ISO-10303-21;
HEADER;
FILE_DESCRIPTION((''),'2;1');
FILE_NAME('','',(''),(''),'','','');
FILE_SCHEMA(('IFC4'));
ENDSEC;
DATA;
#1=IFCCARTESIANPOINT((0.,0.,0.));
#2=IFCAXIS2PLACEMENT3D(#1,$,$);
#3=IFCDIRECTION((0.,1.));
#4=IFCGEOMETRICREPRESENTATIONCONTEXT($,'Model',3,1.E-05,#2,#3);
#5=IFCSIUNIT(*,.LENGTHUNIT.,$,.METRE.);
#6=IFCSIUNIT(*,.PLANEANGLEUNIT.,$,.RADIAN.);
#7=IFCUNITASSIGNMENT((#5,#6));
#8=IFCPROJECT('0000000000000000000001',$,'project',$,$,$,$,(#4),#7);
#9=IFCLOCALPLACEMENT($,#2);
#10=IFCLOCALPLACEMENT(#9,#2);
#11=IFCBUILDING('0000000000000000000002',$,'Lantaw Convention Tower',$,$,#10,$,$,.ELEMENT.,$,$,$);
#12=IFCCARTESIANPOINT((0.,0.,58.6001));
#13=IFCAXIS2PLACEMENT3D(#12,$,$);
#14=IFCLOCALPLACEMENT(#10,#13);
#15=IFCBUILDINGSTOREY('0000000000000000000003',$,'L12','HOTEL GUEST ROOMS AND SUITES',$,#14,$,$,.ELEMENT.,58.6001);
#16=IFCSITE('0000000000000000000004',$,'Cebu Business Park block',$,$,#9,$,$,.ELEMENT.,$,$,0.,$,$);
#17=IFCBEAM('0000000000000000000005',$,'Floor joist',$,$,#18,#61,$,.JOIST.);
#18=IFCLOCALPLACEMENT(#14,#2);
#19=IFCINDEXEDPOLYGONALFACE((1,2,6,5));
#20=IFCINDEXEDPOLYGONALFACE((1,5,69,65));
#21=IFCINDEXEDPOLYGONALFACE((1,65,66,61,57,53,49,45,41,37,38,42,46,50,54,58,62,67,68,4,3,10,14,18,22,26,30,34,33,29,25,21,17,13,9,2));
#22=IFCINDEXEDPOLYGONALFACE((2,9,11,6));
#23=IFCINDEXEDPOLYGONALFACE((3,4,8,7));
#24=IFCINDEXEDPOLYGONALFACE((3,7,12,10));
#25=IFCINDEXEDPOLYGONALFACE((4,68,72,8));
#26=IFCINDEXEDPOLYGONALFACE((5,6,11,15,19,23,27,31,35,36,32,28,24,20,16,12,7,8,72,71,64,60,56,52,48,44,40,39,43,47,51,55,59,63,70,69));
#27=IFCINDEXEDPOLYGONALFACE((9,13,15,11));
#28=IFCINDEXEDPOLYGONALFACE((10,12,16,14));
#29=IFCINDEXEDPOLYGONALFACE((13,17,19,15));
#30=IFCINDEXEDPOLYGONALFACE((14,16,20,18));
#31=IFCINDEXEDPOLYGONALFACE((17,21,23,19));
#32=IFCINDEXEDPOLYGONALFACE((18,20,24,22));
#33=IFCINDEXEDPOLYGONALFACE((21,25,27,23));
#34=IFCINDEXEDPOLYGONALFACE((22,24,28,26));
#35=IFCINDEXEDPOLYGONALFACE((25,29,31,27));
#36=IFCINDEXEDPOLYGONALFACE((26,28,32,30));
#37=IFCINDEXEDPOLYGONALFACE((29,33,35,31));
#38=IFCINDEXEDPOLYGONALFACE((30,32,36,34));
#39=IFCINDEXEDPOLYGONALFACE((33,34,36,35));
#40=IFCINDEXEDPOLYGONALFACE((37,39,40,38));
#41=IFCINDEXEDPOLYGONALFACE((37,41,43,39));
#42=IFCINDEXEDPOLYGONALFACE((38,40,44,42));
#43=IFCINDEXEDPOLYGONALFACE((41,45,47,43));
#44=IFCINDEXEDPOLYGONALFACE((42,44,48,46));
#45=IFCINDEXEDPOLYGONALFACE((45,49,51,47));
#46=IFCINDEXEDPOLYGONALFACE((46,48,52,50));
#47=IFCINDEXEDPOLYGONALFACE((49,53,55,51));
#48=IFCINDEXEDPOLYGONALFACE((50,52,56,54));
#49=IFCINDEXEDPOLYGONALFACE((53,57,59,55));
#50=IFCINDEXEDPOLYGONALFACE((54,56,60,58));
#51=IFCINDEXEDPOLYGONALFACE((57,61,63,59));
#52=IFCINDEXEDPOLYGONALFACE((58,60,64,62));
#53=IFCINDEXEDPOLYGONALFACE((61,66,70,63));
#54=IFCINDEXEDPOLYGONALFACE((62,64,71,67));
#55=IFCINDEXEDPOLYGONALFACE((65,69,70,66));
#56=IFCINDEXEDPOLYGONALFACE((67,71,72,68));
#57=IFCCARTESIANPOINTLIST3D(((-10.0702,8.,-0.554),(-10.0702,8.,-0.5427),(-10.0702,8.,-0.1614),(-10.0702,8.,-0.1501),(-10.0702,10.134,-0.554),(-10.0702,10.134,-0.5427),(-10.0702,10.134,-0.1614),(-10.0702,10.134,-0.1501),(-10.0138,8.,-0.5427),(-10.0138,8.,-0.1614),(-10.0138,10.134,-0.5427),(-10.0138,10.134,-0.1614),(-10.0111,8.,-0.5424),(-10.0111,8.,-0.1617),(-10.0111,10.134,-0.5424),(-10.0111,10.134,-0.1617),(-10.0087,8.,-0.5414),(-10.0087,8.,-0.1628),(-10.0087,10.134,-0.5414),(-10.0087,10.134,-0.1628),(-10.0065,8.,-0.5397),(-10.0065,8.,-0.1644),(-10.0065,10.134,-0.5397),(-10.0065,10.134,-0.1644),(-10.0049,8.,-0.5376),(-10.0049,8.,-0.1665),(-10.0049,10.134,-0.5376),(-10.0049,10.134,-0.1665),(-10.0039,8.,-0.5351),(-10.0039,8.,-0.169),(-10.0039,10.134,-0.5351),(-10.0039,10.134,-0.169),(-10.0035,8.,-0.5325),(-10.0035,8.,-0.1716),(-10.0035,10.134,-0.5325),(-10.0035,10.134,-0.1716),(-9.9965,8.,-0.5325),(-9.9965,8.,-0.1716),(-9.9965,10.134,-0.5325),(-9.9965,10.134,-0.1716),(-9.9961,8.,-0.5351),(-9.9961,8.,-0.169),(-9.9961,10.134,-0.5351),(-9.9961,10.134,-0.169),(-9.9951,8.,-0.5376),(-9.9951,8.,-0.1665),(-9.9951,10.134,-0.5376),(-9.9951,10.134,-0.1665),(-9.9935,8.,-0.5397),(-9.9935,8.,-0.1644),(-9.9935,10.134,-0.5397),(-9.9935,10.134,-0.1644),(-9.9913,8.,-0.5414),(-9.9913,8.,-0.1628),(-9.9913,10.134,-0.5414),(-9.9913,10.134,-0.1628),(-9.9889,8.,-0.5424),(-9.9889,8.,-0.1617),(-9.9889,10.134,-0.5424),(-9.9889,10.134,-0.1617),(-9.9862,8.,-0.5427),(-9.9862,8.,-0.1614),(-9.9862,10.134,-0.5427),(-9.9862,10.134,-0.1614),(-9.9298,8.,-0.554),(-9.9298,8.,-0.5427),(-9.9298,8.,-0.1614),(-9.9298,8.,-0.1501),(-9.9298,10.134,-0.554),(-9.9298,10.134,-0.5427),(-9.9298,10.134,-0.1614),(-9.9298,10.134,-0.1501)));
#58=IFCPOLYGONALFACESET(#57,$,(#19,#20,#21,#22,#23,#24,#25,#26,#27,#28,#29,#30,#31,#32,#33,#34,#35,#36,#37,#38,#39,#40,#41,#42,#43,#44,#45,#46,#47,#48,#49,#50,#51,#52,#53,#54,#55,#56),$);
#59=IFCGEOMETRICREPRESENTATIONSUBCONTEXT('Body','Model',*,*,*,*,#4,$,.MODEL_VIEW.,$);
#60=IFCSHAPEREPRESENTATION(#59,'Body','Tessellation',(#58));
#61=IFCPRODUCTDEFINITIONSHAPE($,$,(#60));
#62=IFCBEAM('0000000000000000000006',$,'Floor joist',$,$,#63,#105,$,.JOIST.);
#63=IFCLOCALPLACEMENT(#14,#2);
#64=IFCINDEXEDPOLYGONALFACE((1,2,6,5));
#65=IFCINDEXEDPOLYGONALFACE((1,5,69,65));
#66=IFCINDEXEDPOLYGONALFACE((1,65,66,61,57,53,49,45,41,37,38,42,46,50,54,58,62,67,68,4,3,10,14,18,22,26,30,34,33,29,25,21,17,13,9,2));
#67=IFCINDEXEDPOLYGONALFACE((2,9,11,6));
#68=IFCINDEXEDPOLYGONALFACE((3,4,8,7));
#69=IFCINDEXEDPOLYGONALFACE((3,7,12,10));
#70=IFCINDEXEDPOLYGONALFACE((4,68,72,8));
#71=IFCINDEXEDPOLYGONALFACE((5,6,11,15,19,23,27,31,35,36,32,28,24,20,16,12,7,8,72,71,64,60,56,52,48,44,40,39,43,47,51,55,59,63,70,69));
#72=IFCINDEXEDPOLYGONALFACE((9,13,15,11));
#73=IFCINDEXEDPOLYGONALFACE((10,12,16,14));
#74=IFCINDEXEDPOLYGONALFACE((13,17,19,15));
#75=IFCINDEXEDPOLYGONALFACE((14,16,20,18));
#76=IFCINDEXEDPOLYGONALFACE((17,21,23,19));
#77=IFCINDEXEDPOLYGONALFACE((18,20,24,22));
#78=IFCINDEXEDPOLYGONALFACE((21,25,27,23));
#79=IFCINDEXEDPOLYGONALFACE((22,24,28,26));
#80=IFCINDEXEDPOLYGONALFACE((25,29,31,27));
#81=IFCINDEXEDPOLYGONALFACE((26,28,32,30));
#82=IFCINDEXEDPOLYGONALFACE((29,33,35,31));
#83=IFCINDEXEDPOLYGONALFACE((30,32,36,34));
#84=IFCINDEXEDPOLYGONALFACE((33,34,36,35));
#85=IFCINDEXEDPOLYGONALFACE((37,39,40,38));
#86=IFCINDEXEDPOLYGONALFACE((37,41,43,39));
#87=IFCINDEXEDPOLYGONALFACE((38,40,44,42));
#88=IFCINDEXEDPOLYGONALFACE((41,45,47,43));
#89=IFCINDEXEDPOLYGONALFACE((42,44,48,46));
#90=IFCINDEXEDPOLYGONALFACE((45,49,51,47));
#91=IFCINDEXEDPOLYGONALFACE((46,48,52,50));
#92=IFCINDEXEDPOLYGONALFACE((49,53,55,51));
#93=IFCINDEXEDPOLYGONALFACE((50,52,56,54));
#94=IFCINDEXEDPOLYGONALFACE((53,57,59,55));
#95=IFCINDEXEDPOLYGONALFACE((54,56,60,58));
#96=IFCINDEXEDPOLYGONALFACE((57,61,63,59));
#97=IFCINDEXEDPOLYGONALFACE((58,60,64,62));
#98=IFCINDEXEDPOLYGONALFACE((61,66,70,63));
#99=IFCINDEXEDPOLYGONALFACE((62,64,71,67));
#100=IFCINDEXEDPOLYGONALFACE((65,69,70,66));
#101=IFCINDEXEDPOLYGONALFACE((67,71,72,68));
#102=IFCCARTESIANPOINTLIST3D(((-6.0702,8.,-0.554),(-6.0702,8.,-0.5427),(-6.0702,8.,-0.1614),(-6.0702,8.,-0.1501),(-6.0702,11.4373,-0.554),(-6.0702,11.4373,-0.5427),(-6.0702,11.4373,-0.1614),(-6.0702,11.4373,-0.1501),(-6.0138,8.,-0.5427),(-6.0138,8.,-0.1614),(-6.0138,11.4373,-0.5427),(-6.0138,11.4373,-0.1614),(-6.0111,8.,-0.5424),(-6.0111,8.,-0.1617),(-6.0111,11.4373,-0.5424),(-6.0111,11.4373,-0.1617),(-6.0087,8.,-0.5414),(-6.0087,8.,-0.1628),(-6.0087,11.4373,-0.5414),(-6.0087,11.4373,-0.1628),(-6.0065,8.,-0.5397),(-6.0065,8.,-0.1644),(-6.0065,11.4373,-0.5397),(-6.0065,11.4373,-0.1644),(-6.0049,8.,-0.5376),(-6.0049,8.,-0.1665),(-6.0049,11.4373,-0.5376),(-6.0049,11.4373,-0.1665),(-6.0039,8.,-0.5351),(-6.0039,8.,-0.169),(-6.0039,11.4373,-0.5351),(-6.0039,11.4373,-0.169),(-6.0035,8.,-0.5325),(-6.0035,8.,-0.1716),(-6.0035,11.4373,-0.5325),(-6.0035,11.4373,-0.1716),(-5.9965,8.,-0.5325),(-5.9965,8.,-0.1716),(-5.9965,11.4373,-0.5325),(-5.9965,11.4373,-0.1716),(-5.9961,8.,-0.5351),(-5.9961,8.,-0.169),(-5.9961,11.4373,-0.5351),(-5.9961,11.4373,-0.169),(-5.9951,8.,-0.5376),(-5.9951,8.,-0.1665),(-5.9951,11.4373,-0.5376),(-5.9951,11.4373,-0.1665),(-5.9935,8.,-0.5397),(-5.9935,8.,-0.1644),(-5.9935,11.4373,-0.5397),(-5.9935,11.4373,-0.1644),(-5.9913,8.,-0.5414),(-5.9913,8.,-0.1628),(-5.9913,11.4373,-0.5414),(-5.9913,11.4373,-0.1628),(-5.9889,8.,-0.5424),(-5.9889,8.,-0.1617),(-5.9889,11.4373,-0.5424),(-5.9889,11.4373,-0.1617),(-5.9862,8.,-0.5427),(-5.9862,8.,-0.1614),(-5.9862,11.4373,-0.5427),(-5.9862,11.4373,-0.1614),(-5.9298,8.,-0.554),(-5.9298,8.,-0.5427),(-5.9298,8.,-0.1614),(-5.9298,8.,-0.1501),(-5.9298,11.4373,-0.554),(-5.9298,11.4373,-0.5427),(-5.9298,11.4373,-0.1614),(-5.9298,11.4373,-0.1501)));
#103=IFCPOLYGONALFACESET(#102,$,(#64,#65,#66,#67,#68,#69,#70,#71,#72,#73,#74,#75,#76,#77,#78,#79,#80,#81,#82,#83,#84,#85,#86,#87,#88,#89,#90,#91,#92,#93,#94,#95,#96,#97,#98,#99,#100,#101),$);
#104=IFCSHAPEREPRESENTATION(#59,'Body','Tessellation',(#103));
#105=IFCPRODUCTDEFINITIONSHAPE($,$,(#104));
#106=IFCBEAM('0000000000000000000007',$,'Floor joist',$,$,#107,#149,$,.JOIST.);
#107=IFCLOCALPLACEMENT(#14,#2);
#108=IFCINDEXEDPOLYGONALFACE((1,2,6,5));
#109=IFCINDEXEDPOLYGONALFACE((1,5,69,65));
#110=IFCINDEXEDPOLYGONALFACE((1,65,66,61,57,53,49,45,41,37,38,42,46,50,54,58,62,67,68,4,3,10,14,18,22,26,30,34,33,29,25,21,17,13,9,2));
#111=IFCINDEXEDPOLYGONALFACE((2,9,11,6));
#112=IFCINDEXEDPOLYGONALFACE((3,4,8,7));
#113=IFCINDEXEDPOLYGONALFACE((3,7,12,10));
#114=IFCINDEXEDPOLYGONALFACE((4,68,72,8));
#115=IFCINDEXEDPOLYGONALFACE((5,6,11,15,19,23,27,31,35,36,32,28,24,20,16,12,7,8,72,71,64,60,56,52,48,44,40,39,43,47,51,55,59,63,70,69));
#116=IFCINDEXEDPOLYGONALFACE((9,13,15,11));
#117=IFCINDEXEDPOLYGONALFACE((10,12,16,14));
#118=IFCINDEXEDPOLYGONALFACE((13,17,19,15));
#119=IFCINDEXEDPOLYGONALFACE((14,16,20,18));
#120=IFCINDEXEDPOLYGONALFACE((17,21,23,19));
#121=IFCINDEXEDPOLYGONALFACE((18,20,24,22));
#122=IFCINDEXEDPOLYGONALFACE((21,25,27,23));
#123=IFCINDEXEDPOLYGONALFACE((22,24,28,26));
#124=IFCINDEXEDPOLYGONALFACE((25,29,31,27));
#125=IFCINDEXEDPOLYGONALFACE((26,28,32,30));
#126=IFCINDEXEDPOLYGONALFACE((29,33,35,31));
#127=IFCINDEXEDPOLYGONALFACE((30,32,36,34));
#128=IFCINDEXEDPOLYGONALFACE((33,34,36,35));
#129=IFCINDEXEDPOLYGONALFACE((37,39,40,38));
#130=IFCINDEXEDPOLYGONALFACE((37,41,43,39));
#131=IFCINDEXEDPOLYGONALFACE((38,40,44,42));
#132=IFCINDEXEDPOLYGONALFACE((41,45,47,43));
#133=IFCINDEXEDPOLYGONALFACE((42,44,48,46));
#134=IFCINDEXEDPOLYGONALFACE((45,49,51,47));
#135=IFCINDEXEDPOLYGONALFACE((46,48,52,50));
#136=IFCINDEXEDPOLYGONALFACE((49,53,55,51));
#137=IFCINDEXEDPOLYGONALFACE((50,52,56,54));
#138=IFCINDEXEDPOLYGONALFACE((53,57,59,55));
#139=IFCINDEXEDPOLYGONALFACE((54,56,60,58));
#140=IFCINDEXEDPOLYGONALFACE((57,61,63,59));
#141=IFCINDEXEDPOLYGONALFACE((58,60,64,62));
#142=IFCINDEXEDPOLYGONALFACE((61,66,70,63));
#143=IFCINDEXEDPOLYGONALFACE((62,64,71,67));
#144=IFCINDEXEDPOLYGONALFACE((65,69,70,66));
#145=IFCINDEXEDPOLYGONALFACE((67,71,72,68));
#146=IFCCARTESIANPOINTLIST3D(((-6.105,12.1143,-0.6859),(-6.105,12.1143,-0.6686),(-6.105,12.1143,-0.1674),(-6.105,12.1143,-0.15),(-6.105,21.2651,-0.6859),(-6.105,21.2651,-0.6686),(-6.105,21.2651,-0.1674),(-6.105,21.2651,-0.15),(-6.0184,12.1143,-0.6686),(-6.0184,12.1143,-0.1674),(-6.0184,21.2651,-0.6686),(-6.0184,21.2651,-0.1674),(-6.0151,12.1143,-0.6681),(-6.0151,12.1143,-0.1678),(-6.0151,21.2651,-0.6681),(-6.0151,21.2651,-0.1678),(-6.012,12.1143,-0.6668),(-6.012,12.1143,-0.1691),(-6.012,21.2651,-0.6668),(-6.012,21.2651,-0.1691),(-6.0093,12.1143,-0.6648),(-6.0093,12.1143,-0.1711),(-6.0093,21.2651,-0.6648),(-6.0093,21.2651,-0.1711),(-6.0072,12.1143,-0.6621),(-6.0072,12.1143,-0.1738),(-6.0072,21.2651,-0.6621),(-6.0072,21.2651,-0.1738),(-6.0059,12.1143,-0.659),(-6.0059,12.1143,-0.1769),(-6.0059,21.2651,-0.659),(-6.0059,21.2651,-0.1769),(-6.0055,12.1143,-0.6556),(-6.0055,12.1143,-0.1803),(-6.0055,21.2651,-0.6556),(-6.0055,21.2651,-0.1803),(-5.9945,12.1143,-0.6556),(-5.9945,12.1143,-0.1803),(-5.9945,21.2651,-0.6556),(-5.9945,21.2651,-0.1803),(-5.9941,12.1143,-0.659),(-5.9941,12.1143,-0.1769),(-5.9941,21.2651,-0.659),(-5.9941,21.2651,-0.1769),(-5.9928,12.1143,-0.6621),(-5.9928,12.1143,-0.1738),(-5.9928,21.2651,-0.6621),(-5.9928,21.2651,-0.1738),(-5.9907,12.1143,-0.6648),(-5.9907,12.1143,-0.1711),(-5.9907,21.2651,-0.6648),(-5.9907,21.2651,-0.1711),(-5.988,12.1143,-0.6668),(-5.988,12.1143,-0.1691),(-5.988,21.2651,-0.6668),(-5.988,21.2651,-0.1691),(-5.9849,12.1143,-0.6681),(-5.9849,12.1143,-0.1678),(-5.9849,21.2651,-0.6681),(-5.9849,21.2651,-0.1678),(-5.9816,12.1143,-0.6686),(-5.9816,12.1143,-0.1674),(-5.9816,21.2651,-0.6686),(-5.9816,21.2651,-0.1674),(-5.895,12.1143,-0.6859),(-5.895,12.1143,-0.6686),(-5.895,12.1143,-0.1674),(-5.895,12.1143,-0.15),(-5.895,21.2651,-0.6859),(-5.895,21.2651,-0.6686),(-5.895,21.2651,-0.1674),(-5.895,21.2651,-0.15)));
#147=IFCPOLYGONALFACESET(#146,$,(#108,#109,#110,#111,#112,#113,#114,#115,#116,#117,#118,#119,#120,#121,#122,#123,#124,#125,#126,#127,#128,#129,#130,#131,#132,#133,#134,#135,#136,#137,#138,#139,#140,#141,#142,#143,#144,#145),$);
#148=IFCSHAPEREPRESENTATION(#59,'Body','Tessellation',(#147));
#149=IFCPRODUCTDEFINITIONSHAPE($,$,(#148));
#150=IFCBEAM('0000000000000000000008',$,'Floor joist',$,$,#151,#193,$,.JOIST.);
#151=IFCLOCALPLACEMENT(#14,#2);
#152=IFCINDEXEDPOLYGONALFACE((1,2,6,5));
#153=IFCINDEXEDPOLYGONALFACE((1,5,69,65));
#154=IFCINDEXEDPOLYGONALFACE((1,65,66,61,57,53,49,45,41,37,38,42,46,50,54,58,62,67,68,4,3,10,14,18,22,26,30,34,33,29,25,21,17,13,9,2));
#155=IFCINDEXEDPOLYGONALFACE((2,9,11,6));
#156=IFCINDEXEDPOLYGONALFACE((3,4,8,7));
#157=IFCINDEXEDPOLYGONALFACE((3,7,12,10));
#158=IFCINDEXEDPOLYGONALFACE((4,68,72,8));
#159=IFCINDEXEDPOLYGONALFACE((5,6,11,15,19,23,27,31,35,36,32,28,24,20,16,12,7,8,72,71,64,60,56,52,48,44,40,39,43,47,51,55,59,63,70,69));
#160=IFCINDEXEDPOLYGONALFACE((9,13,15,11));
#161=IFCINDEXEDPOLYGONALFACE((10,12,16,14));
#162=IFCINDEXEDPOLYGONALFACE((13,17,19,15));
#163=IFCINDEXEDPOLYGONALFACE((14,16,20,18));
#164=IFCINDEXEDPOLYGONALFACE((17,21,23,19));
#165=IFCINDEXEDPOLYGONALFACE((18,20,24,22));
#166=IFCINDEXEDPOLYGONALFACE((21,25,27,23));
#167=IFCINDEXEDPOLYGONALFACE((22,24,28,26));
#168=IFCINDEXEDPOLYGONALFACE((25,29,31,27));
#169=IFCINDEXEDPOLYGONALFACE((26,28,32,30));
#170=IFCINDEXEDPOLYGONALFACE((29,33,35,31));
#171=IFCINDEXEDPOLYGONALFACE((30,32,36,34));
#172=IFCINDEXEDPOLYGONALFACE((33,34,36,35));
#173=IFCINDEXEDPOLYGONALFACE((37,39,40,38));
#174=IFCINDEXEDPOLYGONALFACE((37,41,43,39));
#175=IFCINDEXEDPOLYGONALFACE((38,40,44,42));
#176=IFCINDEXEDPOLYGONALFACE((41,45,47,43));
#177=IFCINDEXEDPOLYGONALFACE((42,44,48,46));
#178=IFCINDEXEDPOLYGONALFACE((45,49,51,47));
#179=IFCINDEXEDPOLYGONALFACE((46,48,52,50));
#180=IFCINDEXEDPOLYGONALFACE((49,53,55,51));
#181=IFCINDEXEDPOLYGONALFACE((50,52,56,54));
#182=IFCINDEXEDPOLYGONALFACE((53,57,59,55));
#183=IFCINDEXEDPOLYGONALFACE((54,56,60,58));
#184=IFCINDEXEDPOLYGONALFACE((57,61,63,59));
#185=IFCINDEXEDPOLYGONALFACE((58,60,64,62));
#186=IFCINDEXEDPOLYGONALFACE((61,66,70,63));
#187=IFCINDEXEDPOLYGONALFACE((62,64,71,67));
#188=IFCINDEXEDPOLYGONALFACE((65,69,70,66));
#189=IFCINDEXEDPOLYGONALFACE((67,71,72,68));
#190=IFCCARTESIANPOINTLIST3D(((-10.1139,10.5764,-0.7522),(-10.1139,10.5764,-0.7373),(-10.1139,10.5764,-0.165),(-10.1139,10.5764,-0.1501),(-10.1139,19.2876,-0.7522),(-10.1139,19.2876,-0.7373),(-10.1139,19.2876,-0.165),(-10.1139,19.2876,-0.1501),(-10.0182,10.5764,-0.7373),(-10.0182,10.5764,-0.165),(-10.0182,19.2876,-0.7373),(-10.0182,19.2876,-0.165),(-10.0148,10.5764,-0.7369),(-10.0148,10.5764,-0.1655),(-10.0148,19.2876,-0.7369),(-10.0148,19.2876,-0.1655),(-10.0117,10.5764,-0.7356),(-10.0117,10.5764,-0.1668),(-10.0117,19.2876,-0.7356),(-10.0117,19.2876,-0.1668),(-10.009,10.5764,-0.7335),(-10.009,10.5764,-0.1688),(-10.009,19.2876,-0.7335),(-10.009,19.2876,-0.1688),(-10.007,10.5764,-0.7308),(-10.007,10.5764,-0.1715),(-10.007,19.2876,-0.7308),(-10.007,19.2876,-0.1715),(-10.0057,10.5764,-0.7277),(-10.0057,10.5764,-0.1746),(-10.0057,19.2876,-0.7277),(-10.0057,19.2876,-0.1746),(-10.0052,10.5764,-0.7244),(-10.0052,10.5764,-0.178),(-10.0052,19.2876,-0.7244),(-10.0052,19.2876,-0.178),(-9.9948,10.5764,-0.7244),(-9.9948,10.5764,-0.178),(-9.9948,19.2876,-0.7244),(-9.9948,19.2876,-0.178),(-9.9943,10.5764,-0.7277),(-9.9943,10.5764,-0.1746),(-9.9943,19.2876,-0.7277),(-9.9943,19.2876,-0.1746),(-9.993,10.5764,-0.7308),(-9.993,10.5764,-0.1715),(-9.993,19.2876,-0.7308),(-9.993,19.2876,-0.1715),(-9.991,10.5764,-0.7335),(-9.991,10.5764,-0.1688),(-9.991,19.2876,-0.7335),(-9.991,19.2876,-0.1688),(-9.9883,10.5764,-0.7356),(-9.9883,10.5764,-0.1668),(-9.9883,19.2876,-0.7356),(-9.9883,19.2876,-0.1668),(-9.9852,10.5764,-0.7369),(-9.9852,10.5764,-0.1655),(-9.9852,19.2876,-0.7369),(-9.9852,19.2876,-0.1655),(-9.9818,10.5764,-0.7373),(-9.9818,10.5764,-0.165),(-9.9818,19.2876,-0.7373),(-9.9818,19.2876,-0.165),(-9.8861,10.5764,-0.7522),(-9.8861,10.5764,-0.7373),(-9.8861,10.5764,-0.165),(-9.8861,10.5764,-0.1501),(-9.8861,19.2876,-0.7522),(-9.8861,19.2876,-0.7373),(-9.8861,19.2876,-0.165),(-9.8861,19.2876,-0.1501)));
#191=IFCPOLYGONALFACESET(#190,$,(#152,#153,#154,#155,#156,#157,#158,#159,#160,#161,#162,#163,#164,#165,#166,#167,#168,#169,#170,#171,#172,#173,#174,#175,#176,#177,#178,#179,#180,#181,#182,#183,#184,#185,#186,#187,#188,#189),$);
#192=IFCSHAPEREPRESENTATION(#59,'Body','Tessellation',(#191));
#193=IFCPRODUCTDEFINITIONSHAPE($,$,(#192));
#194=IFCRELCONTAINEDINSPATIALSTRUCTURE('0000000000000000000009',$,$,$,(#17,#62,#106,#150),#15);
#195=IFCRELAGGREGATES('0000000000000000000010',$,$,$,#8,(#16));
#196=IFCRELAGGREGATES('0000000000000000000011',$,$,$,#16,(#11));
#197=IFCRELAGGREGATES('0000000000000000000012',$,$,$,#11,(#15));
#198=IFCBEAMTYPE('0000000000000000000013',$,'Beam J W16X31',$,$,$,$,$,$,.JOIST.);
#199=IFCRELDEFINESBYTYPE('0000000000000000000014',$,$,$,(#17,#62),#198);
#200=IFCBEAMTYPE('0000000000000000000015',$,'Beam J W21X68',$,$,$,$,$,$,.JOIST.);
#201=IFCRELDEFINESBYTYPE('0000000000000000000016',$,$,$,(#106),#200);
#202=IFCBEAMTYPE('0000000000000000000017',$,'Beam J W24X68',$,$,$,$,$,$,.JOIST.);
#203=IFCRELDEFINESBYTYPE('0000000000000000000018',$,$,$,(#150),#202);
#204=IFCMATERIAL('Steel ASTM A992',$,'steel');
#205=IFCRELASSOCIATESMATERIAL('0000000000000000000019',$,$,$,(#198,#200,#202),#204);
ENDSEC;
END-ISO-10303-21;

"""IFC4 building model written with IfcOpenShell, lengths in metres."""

from ifc_helpers import new_model, si_unit, direction, frame, origin, origin_2d, place, context, subcontext, project, spatial, i_section, extrude, material, material_profile, profile_set, type_object, element, save


model = new_model("IFC4")

# Units and contexts
model_context = context("Model", 3, precision=1e-05, world=origin(), true_north=direction((0.0, 1.0)))
body_context = subcontext(model_context, "Body", "Model", "MODEL_VIEW")
ifc_project = project(units=[si_unit("LENGTHUNIT", "METRE"), si_unit("PLANEANGLEUNIT", "RADIAN")], contexts=[model_context])

# Site, building, storey
site_placement = place(None, origin())
site = spatial("IfcSite", under=ifc_project, at=site_placement, Name="Cebu Business Park block", CompositionType="ELEMENT", RefElevation=0.0)
building_placement = place(site_placement, origin())
building = spatial("IfcBuilding", under=site, at=building_placement, Name="Lantaw Convention Tower", CompositionType="ELEMENT")
storey_placement = place(building_placement, frame((0.0, 0.0, 58.6001)))
storey = spatial("IfcBuildingStorey", under=building, at=storey_placement, Name="L12", Description="HOTEL GUEST ROOMS AND SUITES", CompositionType="ELEMENT", Elevation=58.6001)

# Beams
ifc_material_1 = material(Name="Steel ASTM A992", Category="steel")
ifc_material_profile_1 = material_profile(ifc_material_1, i_section(OverallWidth=0.1404, OverallDepth=0.4038, WebThickness=0.0071, FlangeThickness=0.0112, FilletRadius=0.0103, at=origin_2d()), Name="W16X31")
ifc_profile_set_1 = profile_set([ifc_material_profile_1], Name="Steel ASTM A992")
beam_type_1 = type_object("IfcBeamType", Name="Beam J W16X31", PredefinedType="JOIST", material=ifc_profile_set_1)
beam_1_placement = place(storey_placement, frame((-10.0, 8.0, -0.3521), z_axis=(0.0, 1.0, 0.0), x_axis=(-1.0, 0.0, 0.0)))
element("IfcBeam", 1, at=beam_1_placement, inside=storey, type_object=beam_type_1, Name="Floor joist", PredefinedType="JOIST", context=body_context, shape_type="SweptSolid", body=[
    extrude(i_section(OverallWidth=0.1404, OverallDepth=0.4038, WebThickness=0.0071, FlangeThickness=0.0112, FilletRadius=0.0103, at=origin_2d()), origin(), (0.0, 0.0, 1.0), 2.134),
])
beam_2_placement = place(storey_placement, frame((-6.0, 8.0, -0.3521), z_axis=(0.0, 1.0, 0.0), x_axis=(-1.0, 0.0, 0.0)))
element("IfcBeam", 2, at=beam_2_placement, inside=storey, type_object=beam_type_1, Name="Floor joist", PredefinedType="JOIST", context=body_context, shape_type="SweptSolid", body=[
    extrude(i_section(OverallWidth=0.1404, OverallDepth=0.4038, WebThickness=0.0071, FlangeThickness=0.0112, FilletRadius=0.0103, at=origin_2d()), origin(), (0.0, 0.0, 1.0), 3.4373),
])
ifc_material_profile_2 = material_profile(ifc_material_1, i_section(OverallWidth=0.21, OverallDepth=0.5359, WebThickness=0.011, FlangeThickness=0.0173, FilletRadius=0.0129, at=origin_2d()), Name="W21X68")
ifc_profile_set_2 = profile_set([ifc_material_profile_2], Name="Steel ASTM A992")
beam_type_2 = type_object("IfcBeamType", Name="Beam J W21X68", PredefinedType="JOIST", material=ifc_profile_set_2)
beam_3_placement = place(storey_placement, frame((-6.0, 12.1143, -0.418), z_axis=(0.0, 1.0, 0.0), x_axis=(-1.0, 0.0, 0.0)))
element("IfcBeam", 3, at=beam_3_placement, inside=storey, type_object=beam_type_2, Name="Floor joist", PredefinedType="JOIST", context=body_context, shape_type="SweptSolid", body=[
    extrude(i_section(OverallWidth=0.21, OverallDepth=0.5359, WebThickness=0.011, FlangeThickness=0.0173, FilletRadius=0.0129, at=origin_2d()), origin(), (0.0, 0.0, 1.0), 9.1509),
])
ifc_material_profile_3 = material_profile(ifc_material_1, i_section(OverallWidth=0.2278, OverallDepth=0.6021, WebThickness=0.0105, FlangeThickness=0.0149, FilletRadius=0.0129, at=origin_2d()), Name="W24X68")
ifc_profile_set_3 = profile_set([ifc_material_profile_3], Name="Steel ASTM A992")
beam_type_3 = type_object("IfcBeamType", Name="Beam J W24X68", PredefinedType="JOIST", material=ifc_profile_set_3)
beam_4_placement = place(storey_placement, frame((-10.0, 10.5764, -0.4512), z_axis=(0.0, 1.0, 0.0), x_axis=(-1.0, 0.0, 0.0)))
element("IfcBeam", 4, at=beam_4_placement, inside=storey, type_object=beam_type_3, Name="Floor joist", PredefinedType="JOIST", context=body_context, shape_type="SweptSolid", body=[
    extrude(i_section(OverallWidth=0.2278, OverallDepth=0.6021, WebThickness=0.0105, FlangeThickness=0.0149, FilletRadius=0.0129, at=origin_2d()), origin(), (0.0, 0.0, 1.0), 8.7112),
])

save(model, "model.ifc")
